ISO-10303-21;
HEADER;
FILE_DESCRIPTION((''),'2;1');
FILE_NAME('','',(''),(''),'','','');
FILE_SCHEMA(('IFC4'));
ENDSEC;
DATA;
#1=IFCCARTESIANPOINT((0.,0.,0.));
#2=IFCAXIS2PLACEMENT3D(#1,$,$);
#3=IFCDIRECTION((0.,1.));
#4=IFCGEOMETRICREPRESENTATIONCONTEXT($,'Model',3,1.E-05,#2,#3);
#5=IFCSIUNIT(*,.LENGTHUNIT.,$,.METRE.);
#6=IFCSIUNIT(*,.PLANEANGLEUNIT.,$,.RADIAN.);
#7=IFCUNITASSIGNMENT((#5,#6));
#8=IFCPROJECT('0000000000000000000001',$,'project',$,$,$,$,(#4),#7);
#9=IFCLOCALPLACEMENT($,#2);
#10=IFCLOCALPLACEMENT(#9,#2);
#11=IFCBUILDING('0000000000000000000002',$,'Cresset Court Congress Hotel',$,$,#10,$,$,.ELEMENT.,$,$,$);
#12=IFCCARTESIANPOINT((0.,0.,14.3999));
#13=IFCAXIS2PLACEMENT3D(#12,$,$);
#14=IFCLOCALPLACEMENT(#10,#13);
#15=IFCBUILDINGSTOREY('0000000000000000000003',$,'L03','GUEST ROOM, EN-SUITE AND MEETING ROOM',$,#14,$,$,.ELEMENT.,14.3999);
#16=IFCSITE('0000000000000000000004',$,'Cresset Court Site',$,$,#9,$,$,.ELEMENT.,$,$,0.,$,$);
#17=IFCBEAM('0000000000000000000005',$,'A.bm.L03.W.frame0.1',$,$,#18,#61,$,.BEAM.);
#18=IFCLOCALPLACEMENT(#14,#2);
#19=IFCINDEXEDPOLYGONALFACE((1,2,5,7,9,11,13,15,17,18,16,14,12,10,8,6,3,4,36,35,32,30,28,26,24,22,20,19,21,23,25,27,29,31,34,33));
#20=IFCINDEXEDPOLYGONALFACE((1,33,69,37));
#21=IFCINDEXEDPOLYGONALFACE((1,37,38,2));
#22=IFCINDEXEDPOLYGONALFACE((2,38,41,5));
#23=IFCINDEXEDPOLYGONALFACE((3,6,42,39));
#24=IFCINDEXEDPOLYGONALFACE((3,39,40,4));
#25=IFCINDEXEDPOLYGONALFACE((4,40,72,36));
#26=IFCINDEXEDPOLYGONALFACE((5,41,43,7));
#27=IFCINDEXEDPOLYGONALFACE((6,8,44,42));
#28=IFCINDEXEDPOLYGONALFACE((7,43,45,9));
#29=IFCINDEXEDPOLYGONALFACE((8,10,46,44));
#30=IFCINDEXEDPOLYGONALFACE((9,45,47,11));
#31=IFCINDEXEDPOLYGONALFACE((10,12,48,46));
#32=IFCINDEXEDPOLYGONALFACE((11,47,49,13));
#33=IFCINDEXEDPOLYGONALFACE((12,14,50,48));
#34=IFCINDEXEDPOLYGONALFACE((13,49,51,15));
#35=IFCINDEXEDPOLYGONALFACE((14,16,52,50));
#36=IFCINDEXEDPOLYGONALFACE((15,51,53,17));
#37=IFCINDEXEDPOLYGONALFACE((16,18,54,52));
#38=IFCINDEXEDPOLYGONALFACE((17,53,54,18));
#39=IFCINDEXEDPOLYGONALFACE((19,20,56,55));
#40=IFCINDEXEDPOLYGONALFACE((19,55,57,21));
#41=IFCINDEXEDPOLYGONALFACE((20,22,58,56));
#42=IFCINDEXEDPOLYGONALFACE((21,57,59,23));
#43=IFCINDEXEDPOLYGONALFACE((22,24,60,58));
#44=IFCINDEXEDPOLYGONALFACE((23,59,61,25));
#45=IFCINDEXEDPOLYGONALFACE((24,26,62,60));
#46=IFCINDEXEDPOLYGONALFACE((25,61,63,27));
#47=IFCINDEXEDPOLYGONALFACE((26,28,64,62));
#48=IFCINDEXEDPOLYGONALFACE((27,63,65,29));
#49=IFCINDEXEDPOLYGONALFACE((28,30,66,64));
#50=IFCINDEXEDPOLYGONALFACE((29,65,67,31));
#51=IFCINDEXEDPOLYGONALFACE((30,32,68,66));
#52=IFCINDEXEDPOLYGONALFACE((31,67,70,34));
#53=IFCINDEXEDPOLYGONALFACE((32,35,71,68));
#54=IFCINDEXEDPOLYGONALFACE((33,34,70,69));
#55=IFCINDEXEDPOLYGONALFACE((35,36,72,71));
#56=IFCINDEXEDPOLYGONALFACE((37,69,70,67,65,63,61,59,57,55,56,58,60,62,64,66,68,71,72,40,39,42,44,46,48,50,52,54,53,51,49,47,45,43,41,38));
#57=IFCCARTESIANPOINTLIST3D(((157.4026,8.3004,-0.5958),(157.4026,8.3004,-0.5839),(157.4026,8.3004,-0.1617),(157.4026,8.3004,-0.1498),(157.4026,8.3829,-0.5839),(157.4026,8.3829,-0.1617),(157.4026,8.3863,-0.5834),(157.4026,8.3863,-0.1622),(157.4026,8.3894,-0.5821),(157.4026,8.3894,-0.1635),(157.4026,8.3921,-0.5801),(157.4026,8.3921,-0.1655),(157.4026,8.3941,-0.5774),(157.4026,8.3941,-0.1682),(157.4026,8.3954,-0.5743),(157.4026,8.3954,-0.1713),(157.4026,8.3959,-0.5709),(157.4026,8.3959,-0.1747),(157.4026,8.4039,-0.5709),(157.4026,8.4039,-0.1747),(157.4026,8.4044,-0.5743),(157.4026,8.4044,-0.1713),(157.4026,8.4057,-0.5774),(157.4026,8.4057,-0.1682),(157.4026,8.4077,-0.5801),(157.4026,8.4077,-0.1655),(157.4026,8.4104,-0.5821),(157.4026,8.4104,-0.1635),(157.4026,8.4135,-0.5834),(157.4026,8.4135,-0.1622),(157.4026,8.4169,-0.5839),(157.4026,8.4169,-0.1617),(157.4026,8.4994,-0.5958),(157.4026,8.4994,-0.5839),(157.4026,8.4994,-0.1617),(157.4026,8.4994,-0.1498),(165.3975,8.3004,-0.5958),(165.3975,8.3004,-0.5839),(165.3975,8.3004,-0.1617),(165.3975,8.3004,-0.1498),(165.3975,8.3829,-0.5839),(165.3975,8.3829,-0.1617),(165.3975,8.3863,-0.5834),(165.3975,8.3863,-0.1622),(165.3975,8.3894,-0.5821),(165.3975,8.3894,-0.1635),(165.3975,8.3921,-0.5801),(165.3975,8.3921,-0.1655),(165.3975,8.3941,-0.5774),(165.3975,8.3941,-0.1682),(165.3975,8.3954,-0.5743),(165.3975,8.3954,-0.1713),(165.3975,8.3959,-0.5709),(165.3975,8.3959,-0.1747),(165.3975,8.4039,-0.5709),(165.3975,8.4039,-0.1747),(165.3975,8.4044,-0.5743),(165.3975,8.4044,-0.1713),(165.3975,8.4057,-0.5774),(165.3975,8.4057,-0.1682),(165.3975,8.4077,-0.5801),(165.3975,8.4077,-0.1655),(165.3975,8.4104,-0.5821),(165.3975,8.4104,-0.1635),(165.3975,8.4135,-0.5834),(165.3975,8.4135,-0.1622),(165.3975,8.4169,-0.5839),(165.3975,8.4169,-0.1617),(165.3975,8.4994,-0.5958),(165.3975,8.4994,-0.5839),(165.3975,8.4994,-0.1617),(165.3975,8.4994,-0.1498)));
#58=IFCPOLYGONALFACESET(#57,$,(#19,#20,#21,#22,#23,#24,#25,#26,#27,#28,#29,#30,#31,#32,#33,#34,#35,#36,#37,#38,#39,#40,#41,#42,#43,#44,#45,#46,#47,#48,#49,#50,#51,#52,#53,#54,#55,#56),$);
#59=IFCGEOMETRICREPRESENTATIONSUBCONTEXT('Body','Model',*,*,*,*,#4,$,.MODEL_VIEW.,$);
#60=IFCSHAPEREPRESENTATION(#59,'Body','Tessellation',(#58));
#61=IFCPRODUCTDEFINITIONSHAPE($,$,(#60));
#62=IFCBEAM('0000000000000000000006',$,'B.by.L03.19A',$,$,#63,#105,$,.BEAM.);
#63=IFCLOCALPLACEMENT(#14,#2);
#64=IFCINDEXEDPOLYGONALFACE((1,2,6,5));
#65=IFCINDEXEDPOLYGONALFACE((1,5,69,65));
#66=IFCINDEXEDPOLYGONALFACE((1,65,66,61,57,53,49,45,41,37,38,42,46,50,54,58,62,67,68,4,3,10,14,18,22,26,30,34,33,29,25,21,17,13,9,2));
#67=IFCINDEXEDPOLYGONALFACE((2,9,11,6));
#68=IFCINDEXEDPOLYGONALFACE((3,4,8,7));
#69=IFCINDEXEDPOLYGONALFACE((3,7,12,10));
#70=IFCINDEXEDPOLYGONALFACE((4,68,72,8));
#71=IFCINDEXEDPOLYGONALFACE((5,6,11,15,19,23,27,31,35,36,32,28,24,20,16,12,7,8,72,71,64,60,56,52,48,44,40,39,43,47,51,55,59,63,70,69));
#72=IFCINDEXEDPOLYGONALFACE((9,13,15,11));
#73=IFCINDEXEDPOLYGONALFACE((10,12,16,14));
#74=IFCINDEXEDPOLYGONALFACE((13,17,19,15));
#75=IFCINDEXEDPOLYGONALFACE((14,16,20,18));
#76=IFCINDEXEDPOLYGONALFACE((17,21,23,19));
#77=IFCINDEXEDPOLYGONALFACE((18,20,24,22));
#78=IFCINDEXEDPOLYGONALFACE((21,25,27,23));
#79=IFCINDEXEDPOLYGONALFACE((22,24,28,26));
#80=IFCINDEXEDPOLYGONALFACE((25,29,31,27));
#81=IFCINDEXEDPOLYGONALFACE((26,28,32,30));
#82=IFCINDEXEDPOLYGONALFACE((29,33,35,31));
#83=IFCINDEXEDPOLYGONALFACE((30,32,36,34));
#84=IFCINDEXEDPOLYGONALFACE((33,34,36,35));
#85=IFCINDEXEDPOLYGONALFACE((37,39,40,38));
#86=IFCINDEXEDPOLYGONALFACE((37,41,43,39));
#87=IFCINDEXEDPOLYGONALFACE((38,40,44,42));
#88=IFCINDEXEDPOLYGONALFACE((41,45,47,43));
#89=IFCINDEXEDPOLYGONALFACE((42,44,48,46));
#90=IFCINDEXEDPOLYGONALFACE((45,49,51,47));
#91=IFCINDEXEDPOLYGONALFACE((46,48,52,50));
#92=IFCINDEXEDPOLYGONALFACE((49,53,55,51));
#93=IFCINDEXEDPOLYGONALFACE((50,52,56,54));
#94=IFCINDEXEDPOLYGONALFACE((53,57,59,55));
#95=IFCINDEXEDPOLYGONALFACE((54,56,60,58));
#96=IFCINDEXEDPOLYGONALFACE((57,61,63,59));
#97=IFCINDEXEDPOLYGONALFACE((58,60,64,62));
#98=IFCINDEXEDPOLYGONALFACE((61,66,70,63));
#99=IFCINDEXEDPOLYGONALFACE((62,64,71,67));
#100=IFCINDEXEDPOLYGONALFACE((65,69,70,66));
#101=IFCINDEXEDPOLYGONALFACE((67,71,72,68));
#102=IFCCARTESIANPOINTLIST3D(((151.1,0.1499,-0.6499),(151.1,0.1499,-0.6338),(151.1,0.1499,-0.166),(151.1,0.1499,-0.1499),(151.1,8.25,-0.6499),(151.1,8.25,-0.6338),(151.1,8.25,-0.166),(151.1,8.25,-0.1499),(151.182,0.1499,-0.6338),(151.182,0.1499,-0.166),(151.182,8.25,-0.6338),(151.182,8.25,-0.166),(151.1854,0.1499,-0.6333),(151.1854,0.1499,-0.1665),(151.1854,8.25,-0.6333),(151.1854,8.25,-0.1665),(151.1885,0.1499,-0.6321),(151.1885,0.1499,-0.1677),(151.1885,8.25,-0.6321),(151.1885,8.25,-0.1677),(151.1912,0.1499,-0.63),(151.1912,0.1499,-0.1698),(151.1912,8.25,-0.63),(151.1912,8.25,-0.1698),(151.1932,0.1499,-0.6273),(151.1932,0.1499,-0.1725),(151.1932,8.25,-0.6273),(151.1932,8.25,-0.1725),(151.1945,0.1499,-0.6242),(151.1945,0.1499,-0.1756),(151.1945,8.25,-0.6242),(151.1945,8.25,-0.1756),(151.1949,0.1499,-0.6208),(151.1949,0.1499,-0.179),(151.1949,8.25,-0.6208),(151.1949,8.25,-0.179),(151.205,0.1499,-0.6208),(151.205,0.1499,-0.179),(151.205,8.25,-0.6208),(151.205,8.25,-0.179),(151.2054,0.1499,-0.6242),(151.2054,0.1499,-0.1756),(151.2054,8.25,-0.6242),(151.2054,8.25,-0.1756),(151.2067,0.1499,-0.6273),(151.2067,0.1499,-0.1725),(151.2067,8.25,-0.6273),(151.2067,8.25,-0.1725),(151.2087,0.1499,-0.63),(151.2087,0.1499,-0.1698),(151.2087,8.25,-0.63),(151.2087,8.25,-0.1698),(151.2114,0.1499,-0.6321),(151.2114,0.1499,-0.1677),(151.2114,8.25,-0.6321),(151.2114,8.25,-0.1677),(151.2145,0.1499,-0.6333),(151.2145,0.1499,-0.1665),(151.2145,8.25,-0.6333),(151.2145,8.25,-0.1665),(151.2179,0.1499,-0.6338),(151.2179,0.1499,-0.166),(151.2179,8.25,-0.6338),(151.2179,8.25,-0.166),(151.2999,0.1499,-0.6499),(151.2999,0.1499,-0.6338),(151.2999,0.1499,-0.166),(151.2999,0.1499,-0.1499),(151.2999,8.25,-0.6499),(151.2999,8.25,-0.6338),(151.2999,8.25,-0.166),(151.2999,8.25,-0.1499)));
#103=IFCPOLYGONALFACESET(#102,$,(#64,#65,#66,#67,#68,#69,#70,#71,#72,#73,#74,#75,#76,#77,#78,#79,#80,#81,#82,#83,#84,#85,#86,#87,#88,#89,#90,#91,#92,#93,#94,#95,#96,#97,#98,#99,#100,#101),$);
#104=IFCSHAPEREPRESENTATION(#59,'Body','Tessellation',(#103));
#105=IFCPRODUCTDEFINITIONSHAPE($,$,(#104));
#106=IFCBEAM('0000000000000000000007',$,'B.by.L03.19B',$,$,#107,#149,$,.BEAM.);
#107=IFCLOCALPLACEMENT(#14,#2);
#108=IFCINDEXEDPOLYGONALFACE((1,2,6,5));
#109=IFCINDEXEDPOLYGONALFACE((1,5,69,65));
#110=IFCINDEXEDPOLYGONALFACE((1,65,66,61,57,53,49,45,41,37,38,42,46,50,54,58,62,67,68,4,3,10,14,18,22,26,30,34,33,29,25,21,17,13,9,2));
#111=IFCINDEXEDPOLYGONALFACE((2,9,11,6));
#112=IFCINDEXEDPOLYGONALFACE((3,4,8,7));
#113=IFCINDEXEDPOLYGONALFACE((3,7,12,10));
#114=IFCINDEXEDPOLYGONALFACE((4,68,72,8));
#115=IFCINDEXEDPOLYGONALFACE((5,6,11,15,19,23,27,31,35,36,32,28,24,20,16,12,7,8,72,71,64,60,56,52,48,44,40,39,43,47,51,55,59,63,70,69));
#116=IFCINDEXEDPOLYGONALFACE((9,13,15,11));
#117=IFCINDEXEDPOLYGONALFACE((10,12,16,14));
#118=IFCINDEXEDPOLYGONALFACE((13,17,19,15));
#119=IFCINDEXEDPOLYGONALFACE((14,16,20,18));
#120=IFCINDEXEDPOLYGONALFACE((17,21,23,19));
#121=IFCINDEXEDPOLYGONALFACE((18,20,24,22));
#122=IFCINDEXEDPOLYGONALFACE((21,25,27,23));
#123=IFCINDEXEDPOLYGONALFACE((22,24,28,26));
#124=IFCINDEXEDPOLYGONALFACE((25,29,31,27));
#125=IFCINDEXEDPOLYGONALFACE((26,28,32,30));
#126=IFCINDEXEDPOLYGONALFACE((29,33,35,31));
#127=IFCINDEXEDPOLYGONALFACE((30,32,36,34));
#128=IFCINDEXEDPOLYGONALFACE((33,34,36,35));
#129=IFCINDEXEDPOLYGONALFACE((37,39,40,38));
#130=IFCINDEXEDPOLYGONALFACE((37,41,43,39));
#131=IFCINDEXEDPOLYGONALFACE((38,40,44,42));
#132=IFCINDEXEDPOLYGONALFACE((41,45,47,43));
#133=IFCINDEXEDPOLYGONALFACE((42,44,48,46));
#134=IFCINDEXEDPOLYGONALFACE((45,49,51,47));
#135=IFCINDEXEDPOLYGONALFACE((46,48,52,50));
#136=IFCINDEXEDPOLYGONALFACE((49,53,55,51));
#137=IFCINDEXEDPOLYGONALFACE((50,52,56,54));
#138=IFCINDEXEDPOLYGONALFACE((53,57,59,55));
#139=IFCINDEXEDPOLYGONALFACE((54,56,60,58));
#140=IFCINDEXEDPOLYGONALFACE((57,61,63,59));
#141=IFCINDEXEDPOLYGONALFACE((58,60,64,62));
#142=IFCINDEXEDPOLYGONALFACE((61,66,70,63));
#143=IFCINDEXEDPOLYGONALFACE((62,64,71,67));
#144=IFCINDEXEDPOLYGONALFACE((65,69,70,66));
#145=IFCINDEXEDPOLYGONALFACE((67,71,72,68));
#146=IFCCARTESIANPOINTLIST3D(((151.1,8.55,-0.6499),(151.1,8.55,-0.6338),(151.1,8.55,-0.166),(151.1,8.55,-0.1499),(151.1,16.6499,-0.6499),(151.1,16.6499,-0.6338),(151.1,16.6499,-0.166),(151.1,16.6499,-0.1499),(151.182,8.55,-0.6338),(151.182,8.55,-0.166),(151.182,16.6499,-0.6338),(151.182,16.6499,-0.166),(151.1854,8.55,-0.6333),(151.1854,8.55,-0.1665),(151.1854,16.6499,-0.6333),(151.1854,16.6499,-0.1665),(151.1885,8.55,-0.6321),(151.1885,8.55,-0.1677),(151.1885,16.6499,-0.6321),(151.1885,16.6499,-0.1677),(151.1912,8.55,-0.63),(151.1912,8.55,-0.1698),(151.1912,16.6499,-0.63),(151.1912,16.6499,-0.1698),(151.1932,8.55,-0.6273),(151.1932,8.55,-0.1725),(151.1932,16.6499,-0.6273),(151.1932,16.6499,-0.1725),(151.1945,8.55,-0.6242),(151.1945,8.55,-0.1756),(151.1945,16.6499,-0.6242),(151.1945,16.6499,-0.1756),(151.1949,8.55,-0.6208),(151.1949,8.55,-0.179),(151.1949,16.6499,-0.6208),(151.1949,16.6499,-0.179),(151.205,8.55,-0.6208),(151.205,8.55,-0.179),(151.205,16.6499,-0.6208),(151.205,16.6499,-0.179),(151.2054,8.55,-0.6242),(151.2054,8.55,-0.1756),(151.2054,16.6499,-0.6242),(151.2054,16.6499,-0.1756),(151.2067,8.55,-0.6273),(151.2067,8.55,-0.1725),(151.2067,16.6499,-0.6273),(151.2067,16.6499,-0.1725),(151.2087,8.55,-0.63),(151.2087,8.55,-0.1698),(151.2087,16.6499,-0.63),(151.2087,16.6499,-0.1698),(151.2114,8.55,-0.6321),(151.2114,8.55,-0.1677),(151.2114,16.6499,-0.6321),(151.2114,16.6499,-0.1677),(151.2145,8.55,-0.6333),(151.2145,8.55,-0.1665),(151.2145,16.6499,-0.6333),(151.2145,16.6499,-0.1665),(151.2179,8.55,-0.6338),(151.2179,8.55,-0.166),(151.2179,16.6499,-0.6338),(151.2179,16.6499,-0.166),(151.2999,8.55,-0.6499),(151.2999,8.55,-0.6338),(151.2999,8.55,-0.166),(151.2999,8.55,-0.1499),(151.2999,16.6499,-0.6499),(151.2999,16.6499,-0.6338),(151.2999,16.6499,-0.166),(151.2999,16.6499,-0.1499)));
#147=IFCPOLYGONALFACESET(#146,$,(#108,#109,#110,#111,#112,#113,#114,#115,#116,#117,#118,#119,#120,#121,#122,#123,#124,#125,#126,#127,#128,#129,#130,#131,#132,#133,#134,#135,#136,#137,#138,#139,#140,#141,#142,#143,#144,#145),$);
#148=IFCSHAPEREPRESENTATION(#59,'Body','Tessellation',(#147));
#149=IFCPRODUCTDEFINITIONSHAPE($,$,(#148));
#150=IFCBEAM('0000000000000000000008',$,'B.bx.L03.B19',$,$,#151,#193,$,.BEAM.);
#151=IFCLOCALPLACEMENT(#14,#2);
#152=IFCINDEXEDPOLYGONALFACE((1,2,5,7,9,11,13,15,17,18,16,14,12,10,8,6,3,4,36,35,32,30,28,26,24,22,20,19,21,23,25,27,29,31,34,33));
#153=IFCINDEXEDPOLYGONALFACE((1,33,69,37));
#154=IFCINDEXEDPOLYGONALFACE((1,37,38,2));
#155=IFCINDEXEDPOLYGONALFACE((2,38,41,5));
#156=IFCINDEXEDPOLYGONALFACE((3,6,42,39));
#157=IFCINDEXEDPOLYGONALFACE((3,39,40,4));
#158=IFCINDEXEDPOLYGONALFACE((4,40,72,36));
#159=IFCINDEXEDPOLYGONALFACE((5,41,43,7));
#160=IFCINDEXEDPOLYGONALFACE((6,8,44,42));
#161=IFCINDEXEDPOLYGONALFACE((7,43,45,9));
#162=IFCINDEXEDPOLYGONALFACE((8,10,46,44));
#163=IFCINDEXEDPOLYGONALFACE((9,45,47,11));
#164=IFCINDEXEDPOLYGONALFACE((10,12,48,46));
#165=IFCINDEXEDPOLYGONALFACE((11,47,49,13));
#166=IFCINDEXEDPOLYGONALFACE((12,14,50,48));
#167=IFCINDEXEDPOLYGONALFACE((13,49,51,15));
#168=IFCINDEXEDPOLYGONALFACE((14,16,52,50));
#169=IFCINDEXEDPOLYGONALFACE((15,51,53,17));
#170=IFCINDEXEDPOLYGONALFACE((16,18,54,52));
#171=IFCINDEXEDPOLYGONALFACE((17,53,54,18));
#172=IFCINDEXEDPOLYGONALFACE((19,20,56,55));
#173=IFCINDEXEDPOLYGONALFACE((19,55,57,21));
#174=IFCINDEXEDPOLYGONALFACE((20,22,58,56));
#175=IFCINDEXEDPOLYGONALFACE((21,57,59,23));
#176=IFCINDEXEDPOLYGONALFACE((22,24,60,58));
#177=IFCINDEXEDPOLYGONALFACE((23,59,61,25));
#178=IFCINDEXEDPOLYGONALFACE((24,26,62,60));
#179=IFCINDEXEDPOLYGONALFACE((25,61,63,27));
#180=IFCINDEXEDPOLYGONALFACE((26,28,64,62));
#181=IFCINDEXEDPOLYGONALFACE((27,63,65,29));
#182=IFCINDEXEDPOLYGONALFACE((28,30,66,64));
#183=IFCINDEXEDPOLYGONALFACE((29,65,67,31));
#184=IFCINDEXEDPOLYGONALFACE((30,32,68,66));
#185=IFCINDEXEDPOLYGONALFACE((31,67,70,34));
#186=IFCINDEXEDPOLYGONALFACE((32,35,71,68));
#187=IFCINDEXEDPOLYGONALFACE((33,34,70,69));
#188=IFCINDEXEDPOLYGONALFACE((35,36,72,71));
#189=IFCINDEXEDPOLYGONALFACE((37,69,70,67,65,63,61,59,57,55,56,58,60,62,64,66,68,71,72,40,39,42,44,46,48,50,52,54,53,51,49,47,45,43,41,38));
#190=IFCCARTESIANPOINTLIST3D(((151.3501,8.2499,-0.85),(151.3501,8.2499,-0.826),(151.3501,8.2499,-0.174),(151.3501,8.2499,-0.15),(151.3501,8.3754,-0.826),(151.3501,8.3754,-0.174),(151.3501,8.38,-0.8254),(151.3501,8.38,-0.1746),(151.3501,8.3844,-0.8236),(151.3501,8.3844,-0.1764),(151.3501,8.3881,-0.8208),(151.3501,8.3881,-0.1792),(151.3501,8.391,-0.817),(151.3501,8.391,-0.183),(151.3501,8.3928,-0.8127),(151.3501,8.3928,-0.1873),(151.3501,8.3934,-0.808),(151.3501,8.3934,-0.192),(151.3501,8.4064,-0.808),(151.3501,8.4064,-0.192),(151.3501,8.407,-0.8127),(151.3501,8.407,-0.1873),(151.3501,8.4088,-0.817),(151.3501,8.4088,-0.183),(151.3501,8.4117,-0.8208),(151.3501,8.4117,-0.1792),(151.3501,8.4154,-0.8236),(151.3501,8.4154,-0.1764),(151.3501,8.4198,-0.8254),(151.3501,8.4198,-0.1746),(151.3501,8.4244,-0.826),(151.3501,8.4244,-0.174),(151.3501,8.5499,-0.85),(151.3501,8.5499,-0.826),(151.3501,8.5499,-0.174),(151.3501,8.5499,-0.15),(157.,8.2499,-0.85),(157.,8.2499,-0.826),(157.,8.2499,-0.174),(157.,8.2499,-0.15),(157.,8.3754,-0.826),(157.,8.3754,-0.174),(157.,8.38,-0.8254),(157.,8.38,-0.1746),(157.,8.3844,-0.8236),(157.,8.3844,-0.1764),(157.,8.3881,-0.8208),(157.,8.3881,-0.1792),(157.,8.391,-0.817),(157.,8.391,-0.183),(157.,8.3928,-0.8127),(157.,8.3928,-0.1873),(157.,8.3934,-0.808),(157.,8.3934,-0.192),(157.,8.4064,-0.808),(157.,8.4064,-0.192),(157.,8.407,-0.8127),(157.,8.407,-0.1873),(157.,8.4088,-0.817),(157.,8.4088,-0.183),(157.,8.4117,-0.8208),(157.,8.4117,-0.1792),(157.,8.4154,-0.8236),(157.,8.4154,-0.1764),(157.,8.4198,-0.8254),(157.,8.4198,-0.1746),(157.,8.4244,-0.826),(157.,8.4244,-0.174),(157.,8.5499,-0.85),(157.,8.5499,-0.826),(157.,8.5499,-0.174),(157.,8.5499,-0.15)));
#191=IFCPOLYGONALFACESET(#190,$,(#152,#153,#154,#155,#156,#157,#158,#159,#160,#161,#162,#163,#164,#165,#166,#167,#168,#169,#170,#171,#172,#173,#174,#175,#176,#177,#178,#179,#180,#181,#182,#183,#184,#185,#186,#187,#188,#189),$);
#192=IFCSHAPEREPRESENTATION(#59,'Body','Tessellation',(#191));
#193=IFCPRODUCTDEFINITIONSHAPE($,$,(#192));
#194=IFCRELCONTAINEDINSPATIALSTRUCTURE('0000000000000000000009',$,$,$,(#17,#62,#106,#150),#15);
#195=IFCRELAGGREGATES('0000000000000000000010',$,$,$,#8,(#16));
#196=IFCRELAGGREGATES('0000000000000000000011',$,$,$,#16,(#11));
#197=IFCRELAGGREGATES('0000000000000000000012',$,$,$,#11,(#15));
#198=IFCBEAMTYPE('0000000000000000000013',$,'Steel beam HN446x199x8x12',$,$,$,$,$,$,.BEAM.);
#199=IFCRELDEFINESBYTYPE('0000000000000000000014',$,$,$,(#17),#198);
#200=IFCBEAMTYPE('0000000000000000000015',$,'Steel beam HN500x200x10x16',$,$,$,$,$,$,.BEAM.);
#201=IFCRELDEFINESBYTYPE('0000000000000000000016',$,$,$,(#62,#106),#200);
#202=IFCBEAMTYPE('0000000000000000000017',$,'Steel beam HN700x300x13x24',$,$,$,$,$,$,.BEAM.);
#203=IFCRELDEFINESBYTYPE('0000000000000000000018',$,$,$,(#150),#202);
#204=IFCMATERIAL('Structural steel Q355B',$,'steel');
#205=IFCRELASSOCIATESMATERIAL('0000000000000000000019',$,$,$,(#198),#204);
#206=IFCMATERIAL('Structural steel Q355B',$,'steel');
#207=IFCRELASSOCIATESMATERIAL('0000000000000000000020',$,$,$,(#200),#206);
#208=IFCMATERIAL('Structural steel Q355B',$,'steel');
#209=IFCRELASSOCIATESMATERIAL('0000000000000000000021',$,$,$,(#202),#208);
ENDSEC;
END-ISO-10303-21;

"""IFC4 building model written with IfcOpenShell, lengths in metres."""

from ifc_helpers import new_model, si_unit, direction, frame, origin, origin_2d, place, context, subcontext, project, spatial, i_section, extrude, material, material_profile, profile_set, type_object, element, save


model = new_model("IFC4")

# Units and contexts
model_context = context("Model", 3, precision=1e-05, world=origin(), true_north=direction((0.0, 1.0)))
body_context = subcontext(model_context, "Body", "Model", "MODEL_VIEW")
ifc_project = project(units=[si_unit("LENGTHUNIT", "METRE"), si_unit("PLANEANGLEUNIT", "RADIAN")], contexts=[model_context])

# Site, building, storey
site_placement = place(None, origin())
site = spatial("IfcSite", under=ifc_project, at=site_placement, Name="Cresset Court Site", CompositionType="ELEMENT", RefElevation=0.0)
building_placement = place(site_placement, origin())
building = spatial("IfcBuilding", under=site, at=building_placement, Name="Cresset Court Congress Hotel", CompositionType="ELEMENT")
storey_placement = place(building_placement, frame((0.0, 0.0, 14.3999)))
storey = spatial("IfcBuildingStorey", under=building, at=storey_placement, Name="L03", Description="GUEST ROOM, EN-SUITE AND MEETING ROOM", CompositionType="ELEMENT", Elevation=14.3999)

# Beams
ifc_material_1 = material(Name="Structural steel Q355B", Category="steel")
ifc_material_profile_1 = material_profile(ifc_material_1, i_section(OverallWidth=0.199, OverallDepth=0.446, WebThickness=0.0081, FlangeThickness=0.012, FilletRadius=0.0129, at=origin_2d()), Name="HN446x199x8x12")
ifc_profile_set_1 = profile_set([ifc_material_profile_1], Name="Structural steel Q355B")
beam_type_1 = type_object("IfcBeamType", Name="Steel beam HN446x199x8x12", PredefinedType="BEAM", material=ifc_profile_set_1)
beam_1_placement = place(storey_placement, frame((157.4026, 8.3999, -0.3728), z_axis=(1.0, 0.0, 0.0), x_axis=(0.0, 1.0, 0.0)))
element("IfcBeam", 1, at=beam_1_placement, inside=storey, type_object=beam_type_1, Name="A.bm.L03.W.frame0.1", PredefinedType="BEAM", context=body_context, shape_type="SweptSolid", body=[
    extrude(i_section(OverallWidth=0.199, OverallDepth=0.446, WebThickness=0.0081, FlangeThickness=0.012, FilletRadius=0.0129, at=origin_2d()), origin(), (0.0, 0.0, 1.0), 7.9949),
])
ifc_material_2 = material(Name="Structural steel Q355B", Category="steel")
ifc_material_profile_2 = material_profile(ifc_material_2, i_section(OverallWidth=0.2, OverallDepth=0.5, WebThickness=0.01, FlangeThickness=0.0161, FilletRadius=0.0129, at=origin_2d()), Name="HN500x200x10x16")
ifc_profile_set_2 = profile_set([ifc_material_profile_2], Name="Structural steel Q355B")
beam_type_2 = type_object("IfcBeamType", Name="Steel beam HN500x200x10x16", PredefinedType="BEAM", material=ifc_profile_set_2)
beam_2_placement = place(storey_placement, frame((151.2, 0.1499, -0.3999), z_axis=(0.0, 1.0, 0.0), x_axis=(-1.0, 0.0, 0.0)))
element("IfcBeam", 2, at=beam_2_placement, inside=storey, type_object=beam_type_2, Name="B.by.L03.19A", PredefinedType="BEAM", context=body_context, shape_type="SweptSolid", body=[
    extrude(i_section(OverallWidth=0.2, OverallDepth=0.5, WebThickness=0.01, FlangeThickness=0.0161, FilletRadius=0.0129, at=origin_2d()), origin(), (0.0, 0.0, 1.0), 8.1001),
])
beam_3_placement = place(storey_placement, frame((151.2, 8.55, -0.3999), z_axis=(0.0, 1.0, 0.0), x_axis=(-1.0, 0.0, 0.0)))
element("IfcBeam", 3, at=beam_3_placement, inside=storey, type_object=beam_type_2, Name="B.by.L03.19B", PredefinedType="BEAM", context=body_context, shape_type="SweptSolid", body=[
    extrude(i_section(OverallWidth=0.2, OverallDepth=0.5, WebThickness=0.01, FlangeThickness=0.0161, FilletRadius=0.0129, at=origin_2d()), origin(), (0.0, 0.0, 1.0), 8.0999),
])
ifc_material_3 = material(Name="Structural steel Q355B", Category="steel")
ifc_material_profile_3 = material_profile(ifc_material_3, i_section(OverallWidth=0.3, OverallDepth=0.7, WebThickness=0.0129, FlangeThickness=0.0239, FilletRadius=0.0181, at=origin_2d()), Name="HN700x300x13x24")
ifc_profile_set_3 = profile_set([ifc_material_profile_3], Name="Structural steel Q355B")
beam_type_3 = type_object("IfcBeamType", Name="Steel beam HN700x300x13x24", PredefinedType="BEAM", material=ifc_profile_set_3)
beam_4_placement = place(storey_placement, frame((151.3501, 8.3999, -0.5), z_axis=(1.0, 0.0, 0.0), x_axis=(0.0, 1.0, 0.0)))
element("IfcBeam", 4, at=beam_4_placement, inside=storey, type_object=beam_type_3, Name="B.bx.L03.B19", PredefinedType="BEAM", context=body_context, shape_type="SweptSolid", body=[
    extrude(i_section(OverallWidth=0.3, OverallDepth=0.7, WebThickness=0.0129, FlangeThickness=0.0239, FilletRadius=0.0181, at=origin_2d()), origin(), (0.0, 0.0, 1.0), 5.6499),
])

save(model, "model.ifc")
